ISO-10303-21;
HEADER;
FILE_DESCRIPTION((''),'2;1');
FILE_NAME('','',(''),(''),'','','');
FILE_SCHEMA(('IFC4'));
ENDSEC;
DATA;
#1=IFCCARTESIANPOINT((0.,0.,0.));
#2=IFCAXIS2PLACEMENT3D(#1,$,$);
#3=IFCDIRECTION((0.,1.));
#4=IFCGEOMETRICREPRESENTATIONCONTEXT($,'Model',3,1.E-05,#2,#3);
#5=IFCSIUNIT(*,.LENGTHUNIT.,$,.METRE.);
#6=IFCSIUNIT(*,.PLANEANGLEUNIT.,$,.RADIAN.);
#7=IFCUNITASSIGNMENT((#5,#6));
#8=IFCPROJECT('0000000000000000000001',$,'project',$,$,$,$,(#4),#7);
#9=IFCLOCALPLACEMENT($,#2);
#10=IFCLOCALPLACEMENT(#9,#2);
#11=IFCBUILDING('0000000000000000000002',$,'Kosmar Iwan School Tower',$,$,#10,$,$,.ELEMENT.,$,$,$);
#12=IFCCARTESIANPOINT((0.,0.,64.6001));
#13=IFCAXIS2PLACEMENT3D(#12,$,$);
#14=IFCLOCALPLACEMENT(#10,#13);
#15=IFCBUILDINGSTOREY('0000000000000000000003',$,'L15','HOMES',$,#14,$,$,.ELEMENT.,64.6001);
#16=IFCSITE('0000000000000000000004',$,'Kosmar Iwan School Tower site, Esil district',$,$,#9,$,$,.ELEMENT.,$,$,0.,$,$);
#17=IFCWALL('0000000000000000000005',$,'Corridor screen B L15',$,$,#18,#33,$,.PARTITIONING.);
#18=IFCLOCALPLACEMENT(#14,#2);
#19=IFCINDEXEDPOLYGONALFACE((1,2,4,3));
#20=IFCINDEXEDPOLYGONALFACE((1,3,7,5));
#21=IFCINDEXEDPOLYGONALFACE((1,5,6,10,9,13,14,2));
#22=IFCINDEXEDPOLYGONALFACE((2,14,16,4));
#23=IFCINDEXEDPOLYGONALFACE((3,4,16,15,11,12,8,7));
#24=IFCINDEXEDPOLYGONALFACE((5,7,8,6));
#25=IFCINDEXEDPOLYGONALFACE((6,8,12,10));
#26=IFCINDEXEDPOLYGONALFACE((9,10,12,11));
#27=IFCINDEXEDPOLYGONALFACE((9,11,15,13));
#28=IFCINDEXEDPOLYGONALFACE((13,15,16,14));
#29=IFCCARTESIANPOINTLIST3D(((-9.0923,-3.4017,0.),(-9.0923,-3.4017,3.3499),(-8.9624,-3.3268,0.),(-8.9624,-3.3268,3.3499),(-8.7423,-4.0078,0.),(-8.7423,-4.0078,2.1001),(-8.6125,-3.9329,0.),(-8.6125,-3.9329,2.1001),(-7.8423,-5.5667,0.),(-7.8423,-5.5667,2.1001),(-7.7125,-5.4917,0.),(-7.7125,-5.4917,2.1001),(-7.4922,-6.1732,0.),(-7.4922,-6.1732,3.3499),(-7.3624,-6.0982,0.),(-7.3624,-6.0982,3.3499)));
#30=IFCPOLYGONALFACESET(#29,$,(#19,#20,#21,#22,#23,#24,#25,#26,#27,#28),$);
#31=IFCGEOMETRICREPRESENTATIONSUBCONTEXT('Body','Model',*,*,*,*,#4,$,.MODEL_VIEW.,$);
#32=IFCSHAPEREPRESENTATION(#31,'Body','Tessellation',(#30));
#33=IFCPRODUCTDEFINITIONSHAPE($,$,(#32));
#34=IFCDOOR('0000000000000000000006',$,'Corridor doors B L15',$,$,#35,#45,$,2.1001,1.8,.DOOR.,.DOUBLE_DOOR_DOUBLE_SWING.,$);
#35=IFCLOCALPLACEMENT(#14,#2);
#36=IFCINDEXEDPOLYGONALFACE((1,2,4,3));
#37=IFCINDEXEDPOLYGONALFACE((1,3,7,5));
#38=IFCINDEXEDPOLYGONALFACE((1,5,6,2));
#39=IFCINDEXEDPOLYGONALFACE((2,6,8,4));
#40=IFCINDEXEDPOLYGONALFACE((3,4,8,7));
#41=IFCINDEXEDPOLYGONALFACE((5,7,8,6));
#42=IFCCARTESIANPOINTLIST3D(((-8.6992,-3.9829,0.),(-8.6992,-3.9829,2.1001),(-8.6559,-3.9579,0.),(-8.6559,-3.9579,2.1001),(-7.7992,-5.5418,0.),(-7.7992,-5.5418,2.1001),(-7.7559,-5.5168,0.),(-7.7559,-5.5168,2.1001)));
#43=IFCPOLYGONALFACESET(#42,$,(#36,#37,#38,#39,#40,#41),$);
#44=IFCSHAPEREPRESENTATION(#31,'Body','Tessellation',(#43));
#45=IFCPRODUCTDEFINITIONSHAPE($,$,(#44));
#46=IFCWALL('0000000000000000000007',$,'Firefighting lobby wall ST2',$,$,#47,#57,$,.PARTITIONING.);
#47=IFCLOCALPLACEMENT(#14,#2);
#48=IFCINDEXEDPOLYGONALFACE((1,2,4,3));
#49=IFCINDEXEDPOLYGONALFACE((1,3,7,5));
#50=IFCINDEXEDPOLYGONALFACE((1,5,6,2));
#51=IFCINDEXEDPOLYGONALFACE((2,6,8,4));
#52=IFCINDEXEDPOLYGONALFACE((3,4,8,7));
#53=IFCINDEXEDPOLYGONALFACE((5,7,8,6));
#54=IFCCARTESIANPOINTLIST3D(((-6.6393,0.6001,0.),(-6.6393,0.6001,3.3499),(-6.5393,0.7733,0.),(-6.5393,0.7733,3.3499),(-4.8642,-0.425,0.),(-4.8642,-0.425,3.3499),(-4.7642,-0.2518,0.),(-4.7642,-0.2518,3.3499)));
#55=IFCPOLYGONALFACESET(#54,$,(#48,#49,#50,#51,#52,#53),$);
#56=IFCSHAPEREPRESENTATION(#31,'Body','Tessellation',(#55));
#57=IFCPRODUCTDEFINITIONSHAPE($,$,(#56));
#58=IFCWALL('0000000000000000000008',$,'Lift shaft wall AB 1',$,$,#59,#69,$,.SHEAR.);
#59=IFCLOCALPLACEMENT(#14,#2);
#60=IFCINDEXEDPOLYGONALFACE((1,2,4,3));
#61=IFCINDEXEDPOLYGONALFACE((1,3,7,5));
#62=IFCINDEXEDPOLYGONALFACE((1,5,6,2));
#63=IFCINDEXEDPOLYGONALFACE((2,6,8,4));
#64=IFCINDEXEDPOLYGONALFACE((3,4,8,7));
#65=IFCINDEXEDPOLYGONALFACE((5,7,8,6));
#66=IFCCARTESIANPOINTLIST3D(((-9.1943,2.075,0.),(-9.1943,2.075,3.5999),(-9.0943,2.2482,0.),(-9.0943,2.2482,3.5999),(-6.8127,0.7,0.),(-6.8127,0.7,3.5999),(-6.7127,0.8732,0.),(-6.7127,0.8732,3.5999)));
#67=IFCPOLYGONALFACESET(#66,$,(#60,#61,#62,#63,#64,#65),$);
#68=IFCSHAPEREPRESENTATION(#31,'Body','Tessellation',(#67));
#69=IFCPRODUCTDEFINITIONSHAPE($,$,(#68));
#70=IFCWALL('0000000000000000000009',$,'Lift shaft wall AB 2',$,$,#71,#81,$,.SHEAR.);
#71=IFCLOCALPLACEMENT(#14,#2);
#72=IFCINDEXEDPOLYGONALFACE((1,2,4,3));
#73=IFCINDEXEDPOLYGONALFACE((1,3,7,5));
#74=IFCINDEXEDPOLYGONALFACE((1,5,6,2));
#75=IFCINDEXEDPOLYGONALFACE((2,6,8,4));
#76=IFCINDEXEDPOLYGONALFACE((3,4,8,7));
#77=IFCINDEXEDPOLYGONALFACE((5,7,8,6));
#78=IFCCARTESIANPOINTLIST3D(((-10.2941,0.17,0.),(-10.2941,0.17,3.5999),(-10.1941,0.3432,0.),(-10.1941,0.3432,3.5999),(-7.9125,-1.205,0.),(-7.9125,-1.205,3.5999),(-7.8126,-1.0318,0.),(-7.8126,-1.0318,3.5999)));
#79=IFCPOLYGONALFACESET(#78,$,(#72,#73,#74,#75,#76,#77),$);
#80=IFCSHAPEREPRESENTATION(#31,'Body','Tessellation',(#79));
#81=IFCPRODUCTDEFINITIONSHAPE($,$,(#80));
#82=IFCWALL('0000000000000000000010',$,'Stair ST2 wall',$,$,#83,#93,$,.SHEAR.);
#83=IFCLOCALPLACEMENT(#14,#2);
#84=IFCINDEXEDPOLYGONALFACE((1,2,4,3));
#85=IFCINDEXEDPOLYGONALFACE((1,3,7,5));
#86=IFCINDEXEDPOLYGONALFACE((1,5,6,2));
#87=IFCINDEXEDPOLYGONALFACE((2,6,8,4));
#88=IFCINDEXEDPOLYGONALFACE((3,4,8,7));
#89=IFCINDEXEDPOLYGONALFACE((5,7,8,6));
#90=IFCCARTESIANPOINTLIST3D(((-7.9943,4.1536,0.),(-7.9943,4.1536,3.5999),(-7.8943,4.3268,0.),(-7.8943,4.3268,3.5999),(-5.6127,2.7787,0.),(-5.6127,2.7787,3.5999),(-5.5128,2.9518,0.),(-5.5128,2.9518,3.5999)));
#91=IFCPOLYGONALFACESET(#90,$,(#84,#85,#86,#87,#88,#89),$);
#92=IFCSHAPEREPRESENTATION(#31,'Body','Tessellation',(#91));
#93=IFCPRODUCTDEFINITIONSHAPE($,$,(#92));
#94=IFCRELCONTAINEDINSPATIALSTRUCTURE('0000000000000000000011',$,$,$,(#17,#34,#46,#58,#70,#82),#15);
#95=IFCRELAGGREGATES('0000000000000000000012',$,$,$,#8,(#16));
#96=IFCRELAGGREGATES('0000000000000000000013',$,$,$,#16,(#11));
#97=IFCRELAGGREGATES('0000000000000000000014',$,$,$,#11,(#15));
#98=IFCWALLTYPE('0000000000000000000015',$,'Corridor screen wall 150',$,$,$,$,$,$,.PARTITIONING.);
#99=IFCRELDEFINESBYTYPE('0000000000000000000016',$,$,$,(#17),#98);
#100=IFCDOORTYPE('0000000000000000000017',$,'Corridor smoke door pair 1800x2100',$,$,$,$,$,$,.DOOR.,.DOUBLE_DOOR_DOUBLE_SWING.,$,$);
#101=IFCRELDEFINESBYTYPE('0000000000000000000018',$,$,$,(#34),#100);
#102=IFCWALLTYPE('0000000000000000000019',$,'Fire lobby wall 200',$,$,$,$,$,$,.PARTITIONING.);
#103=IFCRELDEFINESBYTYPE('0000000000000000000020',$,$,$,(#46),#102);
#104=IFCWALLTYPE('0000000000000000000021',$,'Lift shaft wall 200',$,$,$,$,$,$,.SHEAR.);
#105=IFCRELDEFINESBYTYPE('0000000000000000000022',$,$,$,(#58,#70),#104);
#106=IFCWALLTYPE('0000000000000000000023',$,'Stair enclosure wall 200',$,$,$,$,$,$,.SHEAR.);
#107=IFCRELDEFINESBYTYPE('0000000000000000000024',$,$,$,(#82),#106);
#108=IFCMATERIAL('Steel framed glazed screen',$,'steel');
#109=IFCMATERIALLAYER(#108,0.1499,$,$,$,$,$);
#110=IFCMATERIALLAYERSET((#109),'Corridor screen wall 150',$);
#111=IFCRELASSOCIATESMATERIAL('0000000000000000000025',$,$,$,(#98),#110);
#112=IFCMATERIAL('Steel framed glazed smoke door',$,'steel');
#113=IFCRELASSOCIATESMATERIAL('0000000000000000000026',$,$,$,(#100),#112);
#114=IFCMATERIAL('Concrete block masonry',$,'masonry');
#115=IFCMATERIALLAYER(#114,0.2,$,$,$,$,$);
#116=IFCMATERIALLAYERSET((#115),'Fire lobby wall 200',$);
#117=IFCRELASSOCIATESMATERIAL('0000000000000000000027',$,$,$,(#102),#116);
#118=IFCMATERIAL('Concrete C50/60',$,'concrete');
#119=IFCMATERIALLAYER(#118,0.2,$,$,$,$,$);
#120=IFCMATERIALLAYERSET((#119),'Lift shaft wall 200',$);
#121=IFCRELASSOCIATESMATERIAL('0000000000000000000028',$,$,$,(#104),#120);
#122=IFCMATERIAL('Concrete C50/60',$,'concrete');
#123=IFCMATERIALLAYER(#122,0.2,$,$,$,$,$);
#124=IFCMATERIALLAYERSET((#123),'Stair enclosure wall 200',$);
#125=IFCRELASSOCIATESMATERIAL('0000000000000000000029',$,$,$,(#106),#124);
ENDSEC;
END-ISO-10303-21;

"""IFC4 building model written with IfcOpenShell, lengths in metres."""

from ifc_helpers import new_model, si_unit, direction, frame, frame_2d, origin, place, context, subcontext, project, spatial, rectangle, extrude, material, layer, layer_set, type_object, element, fill, save


model = new_model("IFC4")

# Units and contexts
model_context = context("Model", 3, precision=1e-05, world=origin(), true_north=direction((0.0, 1.0)))
body_context = subcontext(model_context, "Body", "Model", "MODEL_VIEW")
ifc_project = project(units=[si_unit("LENGTHUNIT", "METRE"), si_unit("PLANEANGLEUNIT", "RADIAN")], contexts=[model_context])

# Site, building, storey
site_placement = place(None, origin())
site = spatial("IfcSite", under=ifc_project, at=site_placement, Name="Kosmar Iwan School Tower site, Esil district", CompositionType="ELEMENT", RefElevation=0.0)
building_placement = place(site_placement, origin())
building = spatial("IfcBuilding", under=site, at=building_placement, Name="Kosmar Iwan School Tower", CompositionType="ELEMENT")
storey_placement = place(building_placement, frame((0.0, 0.0, 64.6001)))
storey = spatial("IfcBuildingStorey", under=building, at=storey_placement, Name="L15", Description="HOMES", CompositionType="ELEMENT", Elevation=64.6001)

# Wall, opening, door
ifc_material_1 = material(Name="Steel framed glazed screen", Category="steel")
ifc_layer_1 = layer(ifc_material_1, 0.1499)
ifc_layer_set_1 = layer_set([ifc_layer_1], Name="Corridor screen wall 150")
wall_type_1 = type_object("IfcWallType", Name="Corridor screen wall 150", PredefinedType="PARTITIONING", material=ifc_layer_set_1)
wall_1_placement = place(storey_placement, frame((-9.0273, -3.3643, 0.0), z_axis=(0.0, 0.0, 1.0), x_axis=(0.499995, -0.866028, 0.0)))
wall_1 = element("IfcWall", 1, at=wall_1_placement, inside=storey, type_object=wall_type_1, Name="Corridor screen B L15", PredefinedType="PARTITIONING", context=body_context, shape_type="SweptSolid", body=[
    extrude(rectangle(XDim=3.2002, YDim=0.1499, at=frame_2d((1.6001, 0.0))), origin(), (0.0, 0.0, 1.0), 3.3499),
])
opening_placement = place(wall_1_placement, frame((0.7, 0.0, 0.0)))
opening = element("IfcOpeningElement", 2, at=opening_placement, cuts=wall_1, PredefinedType="OPENING", context=body_context, shape_type="SweptSolid", body=[
    extrude(rectangle(XDim=1.8, YDim=2.1001, at=frame_2d((0.8999, 1.05))), frame((0.0, 0.0869, 0.0), z_axis=(0.0, -1.0, 0.0), x_axis=(1.0, 0.0, 0.0)), (0.0, 0.0, 1.0), 0.1738),
])
ifc_material_2 = material(Name="Steel framed glazed smoke door", Category="steel")
door_type = type_object("IfcDoorType", Name="Corridor smoke door pair 1800x2100", OperationType="DOUBLE_DOOR_DOUBLE_SWING", PredefinedType="DOOR", material=ifc_material_2)
door_placement = place(opening_placement, origin())
door = element("IfcDoor", 3, at=door_placement, inside=storey, type_object=door_type, Name="Corridor doors B L15", OperationType="DOUBLE_DOOR_DOUBLE_SWING", OverallHeight=2.1001, OverallWidth=1.8, PredefinedType="DOOR", context=body_context, shape_type="SweptSolid", body=[
    extrude(rectangle(XDim=1.8, YDim=2.1001, at=frame_2d((0.8999, 1.05))), frame((0.0, 0.0249, 0.0), z_axis=(0.0, -1.0, 0.0), x_axis=(1.0, 0.0, 0.0)), (0.0, 0.0, 1.0), 0.05),
])
fill(opening, door)

# Walls
ifc_material_3 = material(Name="Concrete block masonry", Category="masonry")
ifc_layer_2 = layer(ifc_material_3, 0.2)
ifc_layer_set_2 = layer_set([ifc_layer_2], Name="Fire lobby wall 200")
wall_type_2 = type_object("IfcWallType", Name="Fire lobby wall 200", PredefinedType="PARTITIONING", material=ifc_layer_set_2)
wall_2_placement = place(storey_placement, frame((-4.8142, -0.3384, 0.0), z_axis=(0.0, 0.0, 1.0), x_axis=(-0.865969, 0.500097, 0.0)))
element("IfcWall", 4, at=wall_2_placement, inside=storey, type_object=wall_type_2, Name="Firefighting lobby wall ST2", PredefinedType="PARTITIONING", context=body_context, shape_type="SweptSolid", body=[
    extrude(rectangle(XDim=2.0498, YDim=0.2, at=frame_2d((1.0249, 0.0))), origin(), (0.0, 0.0, 1.0), 3.3499),
])
ifc_material_4 = material(Name="Concrete C50/60", Category="concrete")
ifc_layer_3 = layer(ifc_material_4, 0.2)
ifc_layer_set_3 = layer_set([ifc_layer_3], Name="Lift shaft wall 200")
wall_type_3 = type_object("IfcWallType", Name="Lift shaft wall 200", PredefinedType="SHEAR", material=ifc_layer_set_3)
for number, where, z_axis, x_axis, name in (
    (5, (-6.7627, 0.7866, 0.0), (0.0, 0.0, 1.0), (-0.866027, 0.499997, 0.0), "Lift shaft wall AB 1"),
    (6, (-7.8625, -1.1184, 0.0), (0.0, 0.0, 1.0), (-0.866027, 0.499997, 0.0), "Lift shaft wall AB 2"),
):
    element("IfcWall", number, at=place(storey_placement, frame(where, z_axis=z_axis, x_axis=x_axis)), inside=storey, type_object=wall_type_3, Name=name, PredefinedType="SHEAR", context=body_context, shape_type="SweptSolid", body=[
        extrude(rectangle(XDim=2.75, YDim=0.2, at=frame_2d((1.375, 0.0))), origin(), (0.0, 0.0, 1.0), 3.5999),
    ])
ifc_material_5 = material(Name="Concrete C50/60", Category="concrete")
ifc_layer_4 = layer(ifc_material_5, 0.2)
ifc_layer_set_4 = layer_set([ifc_layer_4], Name="Stair enclosure wall 200")
wall_type_4 = type_object("IfcWallType", Name="Stair enclosure wall 200", PredefinedType="SHEAR", material=ifc_layer_set_4)
wall_3_placement = place(storey_placement, frame((-5.5627, 2.8652, 0.0), z_axis=(0.0, 0.0, 1.0), x_axis=(-0.866027, 0.499997, 0.0)))
element("IfcWall", 7, at=wall_3_placement, inside=storey, type_object=wall_type_4, Name="Stair ST2 wall", PredefinedType="SHEAR", context=body_context, shape_type="SweptSolid", body=[
    extrude(rectangle(XDim=2.75, YDim=0.2, at=frame_2d((1.375, 0.0))), origin(), (0.0, 0.0, 1.0), 3.5999),
])

save(model, "model.ifc")
